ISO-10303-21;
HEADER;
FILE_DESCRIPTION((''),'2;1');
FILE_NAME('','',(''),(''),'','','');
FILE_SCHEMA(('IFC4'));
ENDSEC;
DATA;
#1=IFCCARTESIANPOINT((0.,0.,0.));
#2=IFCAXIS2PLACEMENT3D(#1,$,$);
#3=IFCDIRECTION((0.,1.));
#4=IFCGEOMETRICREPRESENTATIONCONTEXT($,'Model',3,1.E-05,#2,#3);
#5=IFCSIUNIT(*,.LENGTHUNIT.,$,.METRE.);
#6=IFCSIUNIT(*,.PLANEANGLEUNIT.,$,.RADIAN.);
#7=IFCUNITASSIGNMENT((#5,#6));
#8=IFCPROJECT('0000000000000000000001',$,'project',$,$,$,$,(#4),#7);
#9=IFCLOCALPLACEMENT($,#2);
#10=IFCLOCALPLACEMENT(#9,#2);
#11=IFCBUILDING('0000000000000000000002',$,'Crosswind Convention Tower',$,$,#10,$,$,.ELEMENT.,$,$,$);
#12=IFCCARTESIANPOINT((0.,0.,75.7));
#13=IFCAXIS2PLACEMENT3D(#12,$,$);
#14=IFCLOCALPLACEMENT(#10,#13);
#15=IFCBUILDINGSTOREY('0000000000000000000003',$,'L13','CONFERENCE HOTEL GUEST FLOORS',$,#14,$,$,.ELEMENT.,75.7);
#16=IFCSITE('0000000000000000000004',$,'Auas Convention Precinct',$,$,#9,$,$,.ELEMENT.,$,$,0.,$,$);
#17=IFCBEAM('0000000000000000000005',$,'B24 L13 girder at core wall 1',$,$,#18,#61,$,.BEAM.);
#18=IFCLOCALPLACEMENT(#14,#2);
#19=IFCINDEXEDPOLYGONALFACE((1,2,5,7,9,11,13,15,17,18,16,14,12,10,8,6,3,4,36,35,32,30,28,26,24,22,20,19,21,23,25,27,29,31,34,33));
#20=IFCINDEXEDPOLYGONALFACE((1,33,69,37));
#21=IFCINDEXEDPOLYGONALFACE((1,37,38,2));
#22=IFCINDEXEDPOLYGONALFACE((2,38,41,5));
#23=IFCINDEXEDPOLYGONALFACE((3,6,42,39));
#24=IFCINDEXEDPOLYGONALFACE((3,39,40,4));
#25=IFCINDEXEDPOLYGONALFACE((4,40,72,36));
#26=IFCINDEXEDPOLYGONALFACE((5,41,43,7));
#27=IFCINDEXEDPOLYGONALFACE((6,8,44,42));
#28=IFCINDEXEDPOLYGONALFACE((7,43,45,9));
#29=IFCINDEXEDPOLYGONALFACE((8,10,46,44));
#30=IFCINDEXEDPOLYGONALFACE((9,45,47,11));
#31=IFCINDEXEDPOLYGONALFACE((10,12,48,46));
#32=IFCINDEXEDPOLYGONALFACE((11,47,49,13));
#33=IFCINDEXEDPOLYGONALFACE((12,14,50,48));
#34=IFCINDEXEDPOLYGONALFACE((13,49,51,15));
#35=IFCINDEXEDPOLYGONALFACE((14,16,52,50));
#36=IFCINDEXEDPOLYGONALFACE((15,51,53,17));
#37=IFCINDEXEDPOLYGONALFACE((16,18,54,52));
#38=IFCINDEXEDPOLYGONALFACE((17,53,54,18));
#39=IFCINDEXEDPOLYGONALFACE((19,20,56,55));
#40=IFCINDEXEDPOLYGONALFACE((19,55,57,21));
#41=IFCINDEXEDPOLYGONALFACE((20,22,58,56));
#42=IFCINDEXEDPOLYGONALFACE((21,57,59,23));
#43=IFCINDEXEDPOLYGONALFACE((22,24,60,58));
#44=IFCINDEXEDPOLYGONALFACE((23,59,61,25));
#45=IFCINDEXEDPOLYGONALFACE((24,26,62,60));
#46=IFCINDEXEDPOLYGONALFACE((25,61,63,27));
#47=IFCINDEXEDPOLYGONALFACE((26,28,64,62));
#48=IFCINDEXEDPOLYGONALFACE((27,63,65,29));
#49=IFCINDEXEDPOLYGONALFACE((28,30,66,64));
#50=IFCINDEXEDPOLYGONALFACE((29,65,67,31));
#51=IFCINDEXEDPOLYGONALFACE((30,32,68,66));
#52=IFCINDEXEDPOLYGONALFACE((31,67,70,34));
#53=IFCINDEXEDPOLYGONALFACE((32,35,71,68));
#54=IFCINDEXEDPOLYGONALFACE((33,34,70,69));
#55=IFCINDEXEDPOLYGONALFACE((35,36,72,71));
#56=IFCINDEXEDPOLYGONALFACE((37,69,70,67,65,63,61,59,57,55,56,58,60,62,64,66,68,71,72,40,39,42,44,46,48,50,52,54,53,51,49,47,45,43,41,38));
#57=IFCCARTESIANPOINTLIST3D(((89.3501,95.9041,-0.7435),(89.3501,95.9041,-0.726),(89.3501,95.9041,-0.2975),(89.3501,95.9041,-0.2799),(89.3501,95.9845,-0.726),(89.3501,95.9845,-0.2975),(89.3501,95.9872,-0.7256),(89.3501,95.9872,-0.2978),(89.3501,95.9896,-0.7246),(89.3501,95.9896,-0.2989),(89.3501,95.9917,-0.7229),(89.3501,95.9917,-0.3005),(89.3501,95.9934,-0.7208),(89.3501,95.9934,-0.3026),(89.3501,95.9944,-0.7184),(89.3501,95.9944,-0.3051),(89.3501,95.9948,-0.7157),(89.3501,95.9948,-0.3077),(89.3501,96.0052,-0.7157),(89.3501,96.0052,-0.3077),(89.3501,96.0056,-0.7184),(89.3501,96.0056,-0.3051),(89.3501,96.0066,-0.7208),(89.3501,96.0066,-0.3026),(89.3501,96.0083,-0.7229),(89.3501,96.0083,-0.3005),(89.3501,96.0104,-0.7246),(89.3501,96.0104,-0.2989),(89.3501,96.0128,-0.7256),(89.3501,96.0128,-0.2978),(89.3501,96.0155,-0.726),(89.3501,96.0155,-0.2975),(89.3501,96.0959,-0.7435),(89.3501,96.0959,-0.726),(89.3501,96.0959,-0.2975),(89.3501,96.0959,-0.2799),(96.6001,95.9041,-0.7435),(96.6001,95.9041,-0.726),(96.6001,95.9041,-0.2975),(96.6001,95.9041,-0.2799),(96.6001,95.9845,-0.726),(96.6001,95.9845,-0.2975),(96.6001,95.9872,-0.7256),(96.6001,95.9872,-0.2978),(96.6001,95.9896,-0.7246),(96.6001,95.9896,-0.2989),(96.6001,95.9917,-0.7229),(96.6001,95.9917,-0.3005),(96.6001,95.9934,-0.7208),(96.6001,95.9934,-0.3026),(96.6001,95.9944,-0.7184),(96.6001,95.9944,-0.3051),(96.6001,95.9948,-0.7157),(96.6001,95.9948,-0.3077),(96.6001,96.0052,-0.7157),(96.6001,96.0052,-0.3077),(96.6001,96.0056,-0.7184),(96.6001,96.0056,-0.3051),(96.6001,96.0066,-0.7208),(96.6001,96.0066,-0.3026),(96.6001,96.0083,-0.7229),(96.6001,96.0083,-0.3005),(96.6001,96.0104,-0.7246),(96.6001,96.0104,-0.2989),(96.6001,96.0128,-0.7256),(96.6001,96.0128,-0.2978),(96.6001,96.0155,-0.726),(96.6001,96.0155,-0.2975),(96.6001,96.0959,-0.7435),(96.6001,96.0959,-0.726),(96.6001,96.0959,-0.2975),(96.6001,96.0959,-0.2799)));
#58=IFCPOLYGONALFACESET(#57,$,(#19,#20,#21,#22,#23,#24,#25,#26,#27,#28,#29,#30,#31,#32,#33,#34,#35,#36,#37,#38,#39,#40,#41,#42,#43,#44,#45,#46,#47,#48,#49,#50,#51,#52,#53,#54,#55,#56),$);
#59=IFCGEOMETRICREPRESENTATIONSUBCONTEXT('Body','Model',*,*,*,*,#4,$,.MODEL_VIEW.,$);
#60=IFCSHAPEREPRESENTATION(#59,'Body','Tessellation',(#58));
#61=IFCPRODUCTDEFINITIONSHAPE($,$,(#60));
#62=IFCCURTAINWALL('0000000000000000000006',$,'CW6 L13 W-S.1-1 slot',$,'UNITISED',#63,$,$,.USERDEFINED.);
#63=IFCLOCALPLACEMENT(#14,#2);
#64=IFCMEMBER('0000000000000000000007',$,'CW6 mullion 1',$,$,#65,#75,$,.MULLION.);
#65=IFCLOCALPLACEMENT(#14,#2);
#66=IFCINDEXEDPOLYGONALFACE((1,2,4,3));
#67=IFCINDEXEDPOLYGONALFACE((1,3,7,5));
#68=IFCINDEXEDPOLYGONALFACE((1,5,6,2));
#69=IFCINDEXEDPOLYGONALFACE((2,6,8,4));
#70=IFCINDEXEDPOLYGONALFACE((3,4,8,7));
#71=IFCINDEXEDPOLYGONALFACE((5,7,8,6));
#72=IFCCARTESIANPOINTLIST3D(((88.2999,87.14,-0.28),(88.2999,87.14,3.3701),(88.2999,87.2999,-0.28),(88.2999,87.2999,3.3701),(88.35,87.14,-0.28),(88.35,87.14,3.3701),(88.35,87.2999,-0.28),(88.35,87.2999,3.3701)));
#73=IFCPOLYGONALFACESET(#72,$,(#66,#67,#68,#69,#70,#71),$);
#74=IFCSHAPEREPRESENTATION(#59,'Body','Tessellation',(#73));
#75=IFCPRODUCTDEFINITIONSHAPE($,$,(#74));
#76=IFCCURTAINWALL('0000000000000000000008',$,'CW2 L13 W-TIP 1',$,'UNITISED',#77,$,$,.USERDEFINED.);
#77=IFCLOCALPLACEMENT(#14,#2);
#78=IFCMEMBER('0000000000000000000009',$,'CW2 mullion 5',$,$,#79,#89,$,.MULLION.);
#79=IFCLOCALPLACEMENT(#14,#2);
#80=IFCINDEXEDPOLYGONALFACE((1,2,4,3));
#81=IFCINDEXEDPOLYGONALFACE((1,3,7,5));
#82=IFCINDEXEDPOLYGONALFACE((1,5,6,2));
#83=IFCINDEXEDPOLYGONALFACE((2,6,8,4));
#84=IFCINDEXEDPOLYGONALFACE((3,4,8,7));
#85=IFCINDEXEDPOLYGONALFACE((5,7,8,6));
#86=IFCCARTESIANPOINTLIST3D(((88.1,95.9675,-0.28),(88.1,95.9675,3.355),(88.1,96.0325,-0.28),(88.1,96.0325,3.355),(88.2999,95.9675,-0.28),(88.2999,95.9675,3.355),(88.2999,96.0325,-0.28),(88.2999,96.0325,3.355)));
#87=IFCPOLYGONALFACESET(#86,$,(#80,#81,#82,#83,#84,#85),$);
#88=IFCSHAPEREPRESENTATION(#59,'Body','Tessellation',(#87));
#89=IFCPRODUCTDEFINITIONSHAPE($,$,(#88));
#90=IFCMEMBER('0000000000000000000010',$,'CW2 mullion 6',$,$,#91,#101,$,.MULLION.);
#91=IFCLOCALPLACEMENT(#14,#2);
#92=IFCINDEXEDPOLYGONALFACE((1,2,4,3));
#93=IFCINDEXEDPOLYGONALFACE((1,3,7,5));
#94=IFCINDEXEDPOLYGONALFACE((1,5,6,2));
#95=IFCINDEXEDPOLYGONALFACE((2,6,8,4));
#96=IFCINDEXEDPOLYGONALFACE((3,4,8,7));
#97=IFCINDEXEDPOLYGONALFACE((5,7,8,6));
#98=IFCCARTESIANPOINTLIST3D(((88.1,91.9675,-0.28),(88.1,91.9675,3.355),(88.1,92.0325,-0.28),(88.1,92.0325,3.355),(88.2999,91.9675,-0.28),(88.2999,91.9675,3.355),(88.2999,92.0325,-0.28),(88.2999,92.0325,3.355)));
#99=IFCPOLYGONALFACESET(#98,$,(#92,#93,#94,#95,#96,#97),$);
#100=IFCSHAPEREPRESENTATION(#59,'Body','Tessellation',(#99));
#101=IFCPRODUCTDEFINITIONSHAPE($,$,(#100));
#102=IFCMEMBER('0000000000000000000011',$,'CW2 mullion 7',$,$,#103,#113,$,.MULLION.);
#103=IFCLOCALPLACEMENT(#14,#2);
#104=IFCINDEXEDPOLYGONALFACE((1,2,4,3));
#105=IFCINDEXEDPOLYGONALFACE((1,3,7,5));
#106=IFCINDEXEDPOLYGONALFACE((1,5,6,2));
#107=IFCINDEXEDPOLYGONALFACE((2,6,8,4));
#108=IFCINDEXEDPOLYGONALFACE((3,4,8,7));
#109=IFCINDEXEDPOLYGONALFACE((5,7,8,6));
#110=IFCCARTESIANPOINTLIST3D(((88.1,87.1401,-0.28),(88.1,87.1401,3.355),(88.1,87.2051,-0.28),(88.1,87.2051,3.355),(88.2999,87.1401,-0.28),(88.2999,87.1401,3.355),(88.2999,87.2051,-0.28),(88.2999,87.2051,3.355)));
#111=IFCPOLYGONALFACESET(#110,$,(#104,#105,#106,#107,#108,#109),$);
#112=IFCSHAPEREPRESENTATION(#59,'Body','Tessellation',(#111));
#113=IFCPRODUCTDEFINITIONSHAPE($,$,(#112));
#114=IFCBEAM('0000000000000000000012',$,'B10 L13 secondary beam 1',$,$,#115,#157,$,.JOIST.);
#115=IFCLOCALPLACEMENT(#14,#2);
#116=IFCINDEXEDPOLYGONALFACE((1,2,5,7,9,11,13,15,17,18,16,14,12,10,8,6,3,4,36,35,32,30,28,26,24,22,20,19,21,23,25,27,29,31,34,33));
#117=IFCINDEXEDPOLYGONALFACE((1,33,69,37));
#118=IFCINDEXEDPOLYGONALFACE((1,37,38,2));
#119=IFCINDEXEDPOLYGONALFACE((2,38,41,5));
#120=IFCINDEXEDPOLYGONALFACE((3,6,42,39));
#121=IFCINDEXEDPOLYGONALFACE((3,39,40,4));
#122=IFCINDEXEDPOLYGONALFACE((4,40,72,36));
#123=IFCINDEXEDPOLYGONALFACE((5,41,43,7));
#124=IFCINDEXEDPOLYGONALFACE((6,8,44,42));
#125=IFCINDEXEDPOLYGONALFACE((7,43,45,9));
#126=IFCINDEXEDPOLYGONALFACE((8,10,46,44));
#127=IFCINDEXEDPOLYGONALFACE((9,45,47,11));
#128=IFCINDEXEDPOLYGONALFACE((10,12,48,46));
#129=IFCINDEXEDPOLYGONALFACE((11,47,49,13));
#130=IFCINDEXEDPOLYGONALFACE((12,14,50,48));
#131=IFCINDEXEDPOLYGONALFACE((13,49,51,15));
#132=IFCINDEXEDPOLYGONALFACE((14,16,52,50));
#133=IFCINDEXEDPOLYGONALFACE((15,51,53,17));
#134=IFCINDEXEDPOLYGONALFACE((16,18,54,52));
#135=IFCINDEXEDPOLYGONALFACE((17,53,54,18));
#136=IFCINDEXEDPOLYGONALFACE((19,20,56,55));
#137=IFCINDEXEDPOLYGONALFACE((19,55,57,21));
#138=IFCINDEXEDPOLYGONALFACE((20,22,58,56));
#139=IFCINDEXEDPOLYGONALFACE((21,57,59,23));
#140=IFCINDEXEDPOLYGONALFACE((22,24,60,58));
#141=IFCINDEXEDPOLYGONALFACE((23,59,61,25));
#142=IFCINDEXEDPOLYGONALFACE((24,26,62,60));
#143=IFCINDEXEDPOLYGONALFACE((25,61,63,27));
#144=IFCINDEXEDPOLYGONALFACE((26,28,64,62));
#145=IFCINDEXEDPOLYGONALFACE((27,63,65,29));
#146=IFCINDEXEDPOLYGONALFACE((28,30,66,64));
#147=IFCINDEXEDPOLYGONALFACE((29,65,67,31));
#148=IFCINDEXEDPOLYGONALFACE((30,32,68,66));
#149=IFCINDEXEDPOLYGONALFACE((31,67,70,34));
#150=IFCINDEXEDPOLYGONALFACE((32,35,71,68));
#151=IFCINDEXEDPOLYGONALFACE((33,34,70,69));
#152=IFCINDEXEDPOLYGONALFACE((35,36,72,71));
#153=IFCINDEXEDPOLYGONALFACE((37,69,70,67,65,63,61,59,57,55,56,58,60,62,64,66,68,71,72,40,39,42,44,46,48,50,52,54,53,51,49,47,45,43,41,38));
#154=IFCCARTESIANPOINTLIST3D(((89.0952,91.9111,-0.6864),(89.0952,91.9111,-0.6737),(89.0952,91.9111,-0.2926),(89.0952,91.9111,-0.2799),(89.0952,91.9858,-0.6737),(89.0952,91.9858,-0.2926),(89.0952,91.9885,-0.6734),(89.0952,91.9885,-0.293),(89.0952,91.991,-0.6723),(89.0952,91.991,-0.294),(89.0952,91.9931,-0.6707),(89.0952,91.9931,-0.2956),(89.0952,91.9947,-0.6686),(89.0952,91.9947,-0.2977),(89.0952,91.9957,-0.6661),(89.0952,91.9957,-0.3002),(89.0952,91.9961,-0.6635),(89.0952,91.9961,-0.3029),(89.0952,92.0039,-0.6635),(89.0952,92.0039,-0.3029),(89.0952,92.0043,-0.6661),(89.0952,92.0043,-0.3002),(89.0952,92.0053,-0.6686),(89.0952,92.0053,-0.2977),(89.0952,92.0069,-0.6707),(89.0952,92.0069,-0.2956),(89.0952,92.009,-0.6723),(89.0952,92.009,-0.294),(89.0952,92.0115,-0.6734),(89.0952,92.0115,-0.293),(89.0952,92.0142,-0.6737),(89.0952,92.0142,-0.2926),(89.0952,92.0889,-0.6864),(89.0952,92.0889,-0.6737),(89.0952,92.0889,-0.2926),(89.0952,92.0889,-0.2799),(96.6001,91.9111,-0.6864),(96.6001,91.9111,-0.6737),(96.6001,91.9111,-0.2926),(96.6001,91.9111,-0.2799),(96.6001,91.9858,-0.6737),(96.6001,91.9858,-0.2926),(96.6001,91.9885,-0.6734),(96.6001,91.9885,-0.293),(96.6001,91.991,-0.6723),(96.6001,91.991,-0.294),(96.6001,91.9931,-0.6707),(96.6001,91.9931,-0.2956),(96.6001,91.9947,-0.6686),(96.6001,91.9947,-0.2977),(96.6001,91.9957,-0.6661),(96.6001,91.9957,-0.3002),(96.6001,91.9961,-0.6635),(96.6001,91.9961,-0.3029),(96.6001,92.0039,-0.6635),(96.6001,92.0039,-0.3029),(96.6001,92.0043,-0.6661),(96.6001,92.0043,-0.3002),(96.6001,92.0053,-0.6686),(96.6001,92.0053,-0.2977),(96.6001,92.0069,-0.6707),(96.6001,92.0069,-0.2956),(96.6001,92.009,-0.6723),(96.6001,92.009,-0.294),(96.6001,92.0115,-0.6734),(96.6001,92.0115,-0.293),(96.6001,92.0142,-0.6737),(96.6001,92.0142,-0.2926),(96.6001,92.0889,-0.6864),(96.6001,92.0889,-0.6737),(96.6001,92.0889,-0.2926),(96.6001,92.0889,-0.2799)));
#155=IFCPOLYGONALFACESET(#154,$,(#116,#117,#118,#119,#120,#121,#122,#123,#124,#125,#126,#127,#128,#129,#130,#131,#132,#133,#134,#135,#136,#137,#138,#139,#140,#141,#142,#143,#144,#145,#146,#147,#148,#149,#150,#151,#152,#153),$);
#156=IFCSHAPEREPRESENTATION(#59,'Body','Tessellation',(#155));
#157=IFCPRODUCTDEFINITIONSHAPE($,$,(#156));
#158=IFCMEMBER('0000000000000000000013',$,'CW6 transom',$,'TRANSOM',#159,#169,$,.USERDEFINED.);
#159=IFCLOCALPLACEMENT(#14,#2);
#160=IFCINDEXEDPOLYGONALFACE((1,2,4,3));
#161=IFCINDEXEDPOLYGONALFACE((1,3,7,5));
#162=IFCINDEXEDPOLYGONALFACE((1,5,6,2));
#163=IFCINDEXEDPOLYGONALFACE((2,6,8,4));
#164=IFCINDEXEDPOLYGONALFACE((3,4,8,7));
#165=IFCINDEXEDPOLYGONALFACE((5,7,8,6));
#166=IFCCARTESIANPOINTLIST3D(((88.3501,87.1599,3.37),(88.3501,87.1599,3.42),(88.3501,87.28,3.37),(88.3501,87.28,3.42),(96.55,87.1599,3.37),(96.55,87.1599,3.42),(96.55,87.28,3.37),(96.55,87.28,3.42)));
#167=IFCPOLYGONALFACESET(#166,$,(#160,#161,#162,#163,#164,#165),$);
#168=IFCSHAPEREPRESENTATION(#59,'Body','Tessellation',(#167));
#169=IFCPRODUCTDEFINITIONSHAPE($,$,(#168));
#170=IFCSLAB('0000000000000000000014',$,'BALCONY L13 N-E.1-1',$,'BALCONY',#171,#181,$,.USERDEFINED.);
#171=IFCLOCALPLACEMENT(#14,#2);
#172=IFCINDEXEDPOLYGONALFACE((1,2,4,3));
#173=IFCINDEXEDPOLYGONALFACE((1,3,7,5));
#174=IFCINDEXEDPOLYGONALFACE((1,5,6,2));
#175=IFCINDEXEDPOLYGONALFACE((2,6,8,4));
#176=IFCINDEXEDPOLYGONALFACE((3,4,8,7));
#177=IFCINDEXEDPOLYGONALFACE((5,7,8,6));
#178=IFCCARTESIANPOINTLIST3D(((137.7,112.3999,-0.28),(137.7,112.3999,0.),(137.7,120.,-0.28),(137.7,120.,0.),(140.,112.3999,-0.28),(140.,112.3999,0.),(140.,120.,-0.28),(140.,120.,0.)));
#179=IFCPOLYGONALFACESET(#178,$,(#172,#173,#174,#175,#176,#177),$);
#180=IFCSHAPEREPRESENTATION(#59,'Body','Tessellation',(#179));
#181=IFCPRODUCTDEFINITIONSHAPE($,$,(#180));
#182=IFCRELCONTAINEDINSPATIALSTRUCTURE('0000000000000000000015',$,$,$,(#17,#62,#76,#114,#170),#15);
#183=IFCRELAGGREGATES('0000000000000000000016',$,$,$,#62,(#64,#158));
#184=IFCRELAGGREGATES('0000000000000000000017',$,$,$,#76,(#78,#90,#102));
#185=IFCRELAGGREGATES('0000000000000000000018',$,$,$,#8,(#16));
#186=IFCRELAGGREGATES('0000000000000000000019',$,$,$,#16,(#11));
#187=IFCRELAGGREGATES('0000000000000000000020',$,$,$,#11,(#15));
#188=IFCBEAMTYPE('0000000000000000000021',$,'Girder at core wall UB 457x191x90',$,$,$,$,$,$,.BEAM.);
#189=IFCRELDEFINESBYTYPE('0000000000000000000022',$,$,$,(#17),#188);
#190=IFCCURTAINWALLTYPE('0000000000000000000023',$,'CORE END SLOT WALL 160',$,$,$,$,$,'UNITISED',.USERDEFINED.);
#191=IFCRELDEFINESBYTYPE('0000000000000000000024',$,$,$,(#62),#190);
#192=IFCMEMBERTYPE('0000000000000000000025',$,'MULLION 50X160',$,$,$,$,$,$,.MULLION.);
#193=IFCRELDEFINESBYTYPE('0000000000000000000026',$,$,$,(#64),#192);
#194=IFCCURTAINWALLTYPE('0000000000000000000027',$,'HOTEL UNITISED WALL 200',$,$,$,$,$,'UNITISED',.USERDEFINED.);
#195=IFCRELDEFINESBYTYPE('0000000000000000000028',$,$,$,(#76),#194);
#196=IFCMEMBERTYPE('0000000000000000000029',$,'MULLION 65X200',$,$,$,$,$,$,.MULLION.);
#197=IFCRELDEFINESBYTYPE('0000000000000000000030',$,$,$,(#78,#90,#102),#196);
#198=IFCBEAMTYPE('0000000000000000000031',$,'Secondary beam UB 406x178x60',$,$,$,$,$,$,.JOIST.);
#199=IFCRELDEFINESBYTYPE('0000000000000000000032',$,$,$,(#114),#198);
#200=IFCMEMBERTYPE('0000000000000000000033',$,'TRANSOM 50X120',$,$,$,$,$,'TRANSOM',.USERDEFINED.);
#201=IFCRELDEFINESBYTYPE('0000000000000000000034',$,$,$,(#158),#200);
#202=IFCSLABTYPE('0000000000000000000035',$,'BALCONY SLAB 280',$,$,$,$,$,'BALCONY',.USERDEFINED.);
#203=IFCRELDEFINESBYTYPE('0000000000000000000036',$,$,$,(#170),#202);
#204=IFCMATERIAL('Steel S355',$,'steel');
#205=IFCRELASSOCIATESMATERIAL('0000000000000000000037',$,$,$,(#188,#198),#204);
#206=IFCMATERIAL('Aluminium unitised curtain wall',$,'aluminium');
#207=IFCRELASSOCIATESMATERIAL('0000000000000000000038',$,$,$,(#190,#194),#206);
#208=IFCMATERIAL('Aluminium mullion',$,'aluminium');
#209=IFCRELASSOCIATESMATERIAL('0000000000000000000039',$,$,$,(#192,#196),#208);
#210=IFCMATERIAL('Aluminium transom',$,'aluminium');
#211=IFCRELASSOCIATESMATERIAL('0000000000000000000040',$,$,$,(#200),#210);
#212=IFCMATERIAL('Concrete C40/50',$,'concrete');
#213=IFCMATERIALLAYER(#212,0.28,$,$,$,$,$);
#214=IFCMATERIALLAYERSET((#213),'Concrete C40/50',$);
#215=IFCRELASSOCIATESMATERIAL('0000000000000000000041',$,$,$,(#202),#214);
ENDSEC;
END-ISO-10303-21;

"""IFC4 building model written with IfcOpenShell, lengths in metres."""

from ifc_helpers import new_model, si_unit, direction, frame, origin, origin_2d, place, context, subcontext, project, spatial, polyline, rectangle, i_section, outline, extrude, material, layer, layer_set, material_profile, profile_set, type_object, element, aggregate, save


model = new_model("IFC4")

# Units and contexts
model_context = context("Model", 3, precision=1e-05, world=origin(), true_north=direction((0.0, 1.0)))
body_context = subcontext(model_context, "Body", "Model", "MODEL_VIEW")
ifc_project = project(units=[si_unit("LENGTHUNIT", "METRE"), si_unit("PLANEANGLEUNIT", "RADIAN")], contexts=[model_context])

# Site, building, storey
site_placement = place(None, origin())
site = spatial("IfcSite", under=ifc_project, at=site_placement, Name="Auas Convention Precinct", CompositionType="ELEMENT", RefElevation=0.0)
building_placement = place(site_placement, origin())
building = spatial("IfcBuilding", under=site, at=building_placement, Name="Crosswind Convention Tower", CompositionType="ELEMENT")
storey_placement = place(building_placement, frame((0.0, 0.0, 75.7)))
storey = spatial("IfcBuildingStorey", under=building, at=storey_placement, Name="L13", Description="CONFERENCE HOTEL GUEST FLOORS", CompositionType="ELEMENT", Elevation=75.7)

# Beam
ifc_material_1 = material(Name="Steel S355", Category="steel")
ifc_material_profile_1 = material_profile(ifc_material_1, i_section(OverallWidth=0.1919, OverallDepth=0.4636, WebThickness=0.0105, FlangeThickness=0.0176, FilletRadius=0.0103, at=origin_2d()), Name="UB 457x191x90")
ifc_profile_set_1 = profile_set([ifc_material_profile_1], Name="Steel S355")
beam_type_1 = type_object("IfcBeamType", Name="Girder at core wall UB 457x191x90", PredefinedType="BEAM", material=ifc_profile_set_1)
beam_1_placement = place(storey_placement, frame((89.3501, 96.0, -0.5117), z_axis=(1.0, 0.0, 0.0), x_axis=(0.0, 1.0, 0.0)))
element("IfcBeam", 1, at=beam_1_placement, inside=storey, type_object=beam_type_1, Name="B24 L13 girder at core wall 1", PredefinedType="BEAM", context=body_context, shape_type="SweptSolid", body=[
    extrude(i_section(OverallWidth=0.1919, OverallDepth=0.4636, WebThickness=0.0105, FlangeThickness=0.0176, FilletRadius=0.0103, at=origin_2d()), origin(), (0.0, 0.0, 1.0), 7.25),
])

# Curtain wall, member
ifc_material_2 = material(Name="Aluminium unitised curtain wall", Category="aluminium")
curtain_wall_type_1 = type_object("IfcCurtainWallType", Name="CORE END SLOT WALL 160", ElementType="UNITISED", PredefinedType="USERDEFINED", material=ifc_material_2)
curtain_wall_1_placement = place(storey_placement, origin())
curtain_wall_1 = element("IfcCurtainWall", 2, at=curtain_wall_1_placement, inside=storey, type_object=curtain_wall_type_1, Name="CW6 L13 W-S.1-1 slot", ObjectType="UNITISED", PredefinedType="USERDEFINED")
ifc_material_3 = material(Name="Aluminium mullion", Category="aluminium")
ifc_material_profile_2 = material_profile(ifc_material_3, rectangle(XDim=0.1599, YDim=0.05, at=origin_2d()), Name="AL 160X50")
ifc_profile_set_2 = profile_set([ifc_material_profile_2], Name="Aluminium mullion")
member_type_1 = type_object("IfcMemberType", Name="MULLION 50X160", PredefinedType="MULLION", material=ifc_profile_set_2)
member_1_placement = place(storey_placement, frame((88.325, 87.22, -0.28), z_axis=(0.0, 0.0, 1.0), x_axis=(0.0, -1.0, 0.0)))
member_1 = element("IfcMember", 3, at=member_1_placement, type_object=member_type_1, Name="CW6 mullion 1", PredefinedType="MULLION", context=body_context, shape_type="SweptSolid", body=[
    extrude(rectangle(XDim=0.1599, YDim=0.05, at=origin_2d()), origin(), (0.0, 0.0, 1.0), 3.6501),
])

# Curtain wall, members
curtain_wall_type_2 = type_object("IfcCurtainWallType", Name="HOTEL UNITISED WALL 200", ElementType="UNITISED", PredefinedType="USERDEFINED", material=ifc_material_2)
curtain_wall_2_placement = place(storey_placement, origin())
curtain_wall_2 = element("IfcCurtainWall", 4, at=curtain_wall_2_placement, inside=storey, type_object=curtain_wall_type_2, Name="CW2 L13 W-TIP 1", ObjectType="UNITISED", PredefinedType="USERDEFINED")
ifc_material_profile_3 = material_profile(ifc_material_3, rectangle(XDim=0.2, YDim=0.0649, at=origin_2d()), Name="AL 200X65")
ifc_profile_set_3 = profile_set([ifc_material_profile_3], Name="Aluminium mullion")
member_type_2 = type_object("IfcMemberType", Name="MULLION 65X200", PredefinedType="MULLION", material=ifc_profile_set_3)
member_2_placement = place(storey_placement, frame((88.2, 96.0, -0.28), z_axis=(0.0, 0.0, 1.0), x_axis=(-1.0, 0.0, 0.0)))
member_2 = element("IfcMember", 5, at=member_2_placement, type_object=member_type_2, Name="CW2 mullion 5", PredefinedType="MULLION", context=body_context, shape_type="SweptSolid", body=[
    extrude(rectangle(XDim=0.2, YDim=0.0649, at=origin_2d()), origin(), (0.0, 0.0, 1.0), 3.635),
])
member_3_placement = place(storey_placement, frame((88.2, 92.0, -0.28), z_axis=(0.0, 0.0, 1.0), x_axis=(-1.0, 0.0, 0.0)))
member_3 = element("IfcMember", 6, at=member_3_placement, type_object=member_type_2, Name="CW2 mullion 6", PredefinedType="MULLION", context=body_context, shape_type="SweptSolid", body=[
    extrude(rectangle(XDim=0.2, YDim=0.0649, at=origin_2d()), origin(), (0.0, 0.0, 1.0), 3.635),
])
member_4_placement = place(storey_placement, frame((88.2, 87.1726, -0.28), z_axis=(0.0, 0.0, 1.0), x_axis=(-1.0, 0.0, 0.0)))
member_4 = element("IfcMember", 7, at=member_4_placement, type_object=member_type_2, Name="CW2 mullion 7", PredefinedType="MULLION", context=body_context, shape_type="SweptSolid", body=[
    extrude(rectangle(XDim=0.2, YDim=0.0649, at=origin_2d()), origin(), (0.0, 0.0, 1.0), 3.635),
])

# Beam
ifc_material_profile_4 = material_profile(ifc_material_1, i_section(OverallWidth=0.1777, OverallDepth=0.4065, WebThickness=0.0078, FlangeThickness=0.0127, FilletRadius=0.0103, at=origin_2d()), Name="UB 406x178x60")
ifc_profile_set_4 = profile_set([ifc_material_profile_4], Name="Steel S355")
beam_type_2 = type_object("IfcBeamType", Name="Secondary beam UB 406x178x60", PredefinedType="JOIST", material=ifc_profile_set_4)
beam_2_placement = place(storey_placement, frame((89.0952, 92.0, -0.4832), z_axis=(1.0, 0.0, 0.0), x_axis=(0.0, 1.0, 0.0)))
element("IfcBeam", 8, at=beam_2_placement, inside=storey, type_object=beam_type_2, Name="B10 L13 secondary beam 1", PredefinedType="JOIST", context=body_context, shape_type="SweptSolid", body=[
    extrude(i_section(OverallWidth=0.1777, OverallDepth=0.4065, WebThickness=0.0078, FlangeThickness=0.0127, FilletRadius=0.0103, at=origin_2d()), origin(), (0.0, 0.0, 1.0), 7.5049),
])

# Member
ifc_material_4 = material(Name="Aluminium transom", Category="aluminium")
ifc_material_profile_5 = material_profile(ifc_material_4, rectangle(XDim=0.1201, YDim=0.05, at=origin_2d()), Name="AL 120X50")
ifc_profile_set_5 = profile_set([ifc_material_profile_5], Name="Aluminium transom")
member_type_3 = type_object("IfcMemberType", Name="TRANSOM 50X120", ElementType="TRANSOM", PredefinedType="USERDEFINED", material=ifc_profile_set_5)
member_5_placement = place(storey_placement, frame((88.3501, 87.22, 3.395), z_axis=(1.0, 0.0, 0.0), x_axis=(0.0, 1.0, 0.0)))
member_5 = element("IfcMember", 9, at=member_5_placement, type_object=member_type_3, Name="CW6 transom", ObjectType="TRANSOM", PredefinedType="USERDEFINED", context=body_context, shape_type="SweptSolid", body=[
    extrude(rectangle(XDim=0.1201, YDim=0.05, at=origin_2d()), origin(), (0.0, 0.0, 1.0), 8.2),
])

# Slab
ifc_material_5 = material(Name="Concrete C40/50", Category="concrete")
ifc_layer_1 = layer(ifc_material_5, 0.28)
ifc_layer_set_1 = layer_set([ifc_layer_1], Name="Concrete C40/50")
slab_type_1 = type_object("IfcSlabType", Name="BALCONY SLAB 280", ElementType="BALCONY", PredefinedType="USERDEFINED", material=ifc_layer_set_1)
slab_1_placement = place(storey_placement, frame((0.0, 0.0, -0.28)))
element("IfcSlab", 10, at=slab_1_placement, inside=storey, type_object=slab_type_1, Name="BALCONY L13 N-E.1-1", ObjectType="BALCONY", PredefinedType="USERDEFINED", context=body_context, shape_type="SweptSolid", body=[
    extrude(outline(polyline([(137.7, 112.3999), (137.7, 120.0), (140.0, 120.0), (140.0, 112.3999), (137.7, 112.3999)])), origin(), (0.0, 0.0, 1.0), 0.28),
])

aggregate(curtain_wall_1, [member_1, member_5])
aggregate(curtain_wall_2, [member_2, member_3, member_4])

save(model, "model.ifc")
